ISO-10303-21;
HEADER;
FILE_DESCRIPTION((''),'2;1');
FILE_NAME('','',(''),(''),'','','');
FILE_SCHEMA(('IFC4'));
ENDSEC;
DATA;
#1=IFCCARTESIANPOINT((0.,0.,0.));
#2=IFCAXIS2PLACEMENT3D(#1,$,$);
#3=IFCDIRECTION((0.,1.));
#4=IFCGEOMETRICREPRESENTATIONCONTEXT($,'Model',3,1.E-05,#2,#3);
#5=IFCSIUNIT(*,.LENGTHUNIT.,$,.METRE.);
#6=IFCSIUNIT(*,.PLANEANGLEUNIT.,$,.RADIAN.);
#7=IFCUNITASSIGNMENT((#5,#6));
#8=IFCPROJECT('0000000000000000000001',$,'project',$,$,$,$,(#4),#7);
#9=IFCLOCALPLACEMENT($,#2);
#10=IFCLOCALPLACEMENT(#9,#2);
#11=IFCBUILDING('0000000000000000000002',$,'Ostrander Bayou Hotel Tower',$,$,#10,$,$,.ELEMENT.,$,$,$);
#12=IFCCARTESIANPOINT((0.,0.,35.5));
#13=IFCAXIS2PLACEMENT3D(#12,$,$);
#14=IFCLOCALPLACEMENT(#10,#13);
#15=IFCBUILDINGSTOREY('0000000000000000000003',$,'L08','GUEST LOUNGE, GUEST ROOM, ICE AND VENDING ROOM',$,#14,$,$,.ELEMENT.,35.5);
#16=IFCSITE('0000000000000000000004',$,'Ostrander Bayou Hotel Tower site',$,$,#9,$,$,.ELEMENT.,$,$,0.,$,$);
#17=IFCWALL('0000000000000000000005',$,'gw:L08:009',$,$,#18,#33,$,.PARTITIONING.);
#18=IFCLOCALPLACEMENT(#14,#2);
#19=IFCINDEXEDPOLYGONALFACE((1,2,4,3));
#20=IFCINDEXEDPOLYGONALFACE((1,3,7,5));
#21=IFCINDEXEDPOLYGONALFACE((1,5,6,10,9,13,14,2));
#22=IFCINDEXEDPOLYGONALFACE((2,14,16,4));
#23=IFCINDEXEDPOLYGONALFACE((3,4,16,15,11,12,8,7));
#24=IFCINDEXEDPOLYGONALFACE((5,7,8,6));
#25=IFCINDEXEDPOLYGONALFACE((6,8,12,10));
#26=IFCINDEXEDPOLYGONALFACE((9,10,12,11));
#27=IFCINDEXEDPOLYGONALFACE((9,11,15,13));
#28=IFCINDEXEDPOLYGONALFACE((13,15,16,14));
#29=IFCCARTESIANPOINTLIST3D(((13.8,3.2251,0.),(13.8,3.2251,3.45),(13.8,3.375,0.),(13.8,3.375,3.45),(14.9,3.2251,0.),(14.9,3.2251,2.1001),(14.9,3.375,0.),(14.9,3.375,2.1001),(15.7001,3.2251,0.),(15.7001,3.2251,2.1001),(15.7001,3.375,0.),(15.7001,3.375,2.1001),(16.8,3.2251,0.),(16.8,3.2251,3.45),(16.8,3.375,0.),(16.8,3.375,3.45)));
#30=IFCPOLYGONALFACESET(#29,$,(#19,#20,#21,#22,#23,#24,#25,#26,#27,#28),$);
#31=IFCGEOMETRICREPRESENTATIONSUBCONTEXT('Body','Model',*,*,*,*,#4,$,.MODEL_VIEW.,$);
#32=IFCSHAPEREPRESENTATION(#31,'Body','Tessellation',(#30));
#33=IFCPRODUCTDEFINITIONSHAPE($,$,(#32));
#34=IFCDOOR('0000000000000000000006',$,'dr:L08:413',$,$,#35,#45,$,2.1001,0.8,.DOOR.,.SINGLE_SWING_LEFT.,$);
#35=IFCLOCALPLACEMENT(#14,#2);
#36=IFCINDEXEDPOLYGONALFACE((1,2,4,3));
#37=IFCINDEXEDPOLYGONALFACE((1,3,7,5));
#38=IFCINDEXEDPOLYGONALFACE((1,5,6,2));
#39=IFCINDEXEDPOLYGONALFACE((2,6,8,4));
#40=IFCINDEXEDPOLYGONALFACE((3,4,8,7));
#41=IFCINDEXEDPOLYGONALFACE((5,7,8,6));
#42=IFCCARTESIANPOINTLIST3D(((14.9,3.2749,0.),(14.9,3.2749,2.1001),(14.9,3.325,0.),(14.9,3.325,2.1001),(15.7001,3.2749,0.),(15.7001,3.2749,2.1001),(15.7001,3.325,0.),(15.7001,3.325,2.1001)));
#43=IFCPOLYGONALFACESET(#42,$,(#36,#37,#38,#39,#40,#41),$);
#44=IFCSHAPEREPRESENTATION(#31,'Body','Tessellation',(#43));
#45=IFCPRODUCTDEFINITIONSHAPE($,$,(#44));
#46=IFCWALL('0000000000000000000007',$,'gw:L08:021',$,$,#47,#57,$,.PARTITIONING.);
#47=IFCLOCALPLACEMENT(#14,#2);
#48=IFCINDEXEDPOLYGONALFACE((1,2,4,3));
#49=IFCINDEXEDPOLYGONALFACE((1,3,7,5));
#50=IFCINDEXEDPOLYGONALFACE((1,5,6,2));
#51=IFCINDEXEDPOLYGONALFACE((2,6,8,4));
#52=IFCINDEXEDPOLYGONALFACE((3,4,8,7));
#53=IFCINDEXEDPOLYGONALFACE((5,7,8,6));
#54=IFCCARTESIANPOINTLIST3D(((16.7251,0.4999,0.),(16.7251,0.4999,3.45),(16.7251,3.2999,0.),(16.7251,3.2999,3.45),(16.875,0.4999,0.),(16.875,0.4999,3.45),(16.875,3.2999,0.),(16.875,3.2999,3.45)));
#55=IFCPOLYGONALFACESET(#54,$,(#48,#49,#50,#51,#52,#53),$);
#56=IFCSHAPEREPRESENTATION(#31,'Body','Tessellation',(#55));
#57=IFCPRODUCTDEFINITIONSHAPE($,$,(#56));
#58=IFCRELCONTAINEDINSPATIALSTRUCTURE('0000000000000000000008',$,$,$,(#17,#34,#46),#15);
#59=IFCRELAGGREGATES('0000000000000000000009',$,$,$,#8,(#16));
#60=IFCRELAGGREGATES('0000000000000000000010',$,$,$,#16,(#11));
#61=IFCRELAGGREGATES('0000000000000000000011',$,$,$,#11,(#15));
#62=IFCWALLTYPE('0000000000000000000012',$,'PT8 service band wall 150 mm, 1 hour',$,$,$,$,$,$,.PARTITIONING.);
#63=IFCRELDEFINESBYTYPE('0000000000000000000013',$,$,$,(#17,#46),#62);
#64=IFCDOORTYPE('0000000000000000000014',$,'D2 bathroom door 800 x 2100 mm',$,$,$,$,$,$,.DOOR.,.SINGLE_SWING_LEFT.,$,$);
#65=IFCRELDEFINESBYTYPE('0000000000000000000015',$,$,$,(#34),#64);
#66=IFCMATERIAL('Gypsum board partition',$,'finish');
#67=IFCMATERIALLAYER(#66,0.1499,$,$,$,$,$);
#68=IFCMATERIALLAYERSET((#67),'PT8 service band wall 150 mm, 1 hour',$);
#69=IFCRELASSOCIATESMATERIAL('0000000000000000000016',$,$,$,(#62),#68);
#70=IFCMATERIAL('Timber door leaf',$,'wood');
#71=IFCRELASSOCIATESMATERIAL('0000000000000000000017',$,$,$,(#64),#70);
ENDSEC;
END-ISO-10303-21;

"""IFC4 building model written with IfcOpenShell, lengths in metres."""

from ifc_helpers import new_model, si_unit, direction, frame, frame_2d, origin, place, context, subcontext, project, spatial, rectangle, extrude, material, layer, layer_set, type_object, element, fill, save


model = new_model("IFC4")

# Units and contexts
model_context = context("Model", 3, precision=1e-05, world=origin(), true_north=direction((0.0, 1.0)))
body_context = subcontext(model_context, "Body", "Model", "MODEL_VIEW")
ifc_project = project(units=[si_unit("LENGTHUNIT", "METRE"), si_unit("PLANEANGLEUNIT", "RADIAN")], contexts=[model_context])

# Site, building, storey
site_placement = place(None, origin())
site = spatial("IfcSite", under=ifc_project, at=site_placement, Name="Ostrander Bayou Hotel Tower site", CompositionType="ELEMENT", RefElevation=0.0)
building_placement = place(site_placement, origin())
building = spatial("IfcBuilding", under=site, at=building_placement, Name="Ostrander Bayou Hotel Tower", CompositionType="ELEMENT")
storey_placement = place(building_placement, frame((0.0, 0.0, 35.5)))
storey = spatial("IfcBuildingStorey", under=building, at=storey_placement, Name="L08", Description="GUEST LOUNGE, GUEST ROOM, ICE AND VENDING ROOM", CompositionType="ELEMENT", Elevation=35.5)

# Shared definitions
ifc_material_1 = material(Name="Gypsum board partition", Category="finish")
ifc_layer_1 = layer(ifc_material_1, 0.1499)
ifc_layer_set_1 = layer_set([ifc_layer_1], Name="PT8 service band wall 150 mm, 1 hour")
wall_type_1 = type_object("IfcWallType", Name="PT8 service band wall 150 mm, 1 hour", PredefinedType="PARTITIONING", material=ifc_layer_set_1)

# Wall, opening, door
wall_1_placement = place(storey_placement, frame((13.8, 3.3, 0.0), z_axis=(0.0, 0.0, 1.0), x_axis=(1.0, 0.0, 0.0)))
wall_1 = element("IfcWall", 1, at=wall_1_placement, inside=storey, type_object=wall_type_1, Name="gw:L08:009", PredefinedType="PARTITIONING", context=body_context, shape_type="SweptSolid", body=[
    extrude(rectangle(XDim=3.0, YDim=0.1499, at=frame_2d((1.5, 0.0))), origin(), (0.0, 0.0, 1.0), 3.45),
])
opening_1_placement = place(wall_1_placement, frame((1.1001, 0.0, 0.0)))
opening_1 = element("IfcOpeningElement", 2, at=opening_1_placement, cuts=wall_1, PredefinedType="OPENING", context=body_context, shape_type="SweptSolid", body=[
    extrude(rectangle(XDim=0.8, YDim=2.1001, at=frame_2d((0.3999, 1.05))), frame((0.0, 0.075, 0.0), z_axis=(0.0, -1.0, 0.0), x_axis=(1.0, 0.0, 0.0)), (0.0, 0.0, 1.0), 0.1499),
])
ifc_material_2 = material(Name="Timber door leaf", Category="wood")
door_type_1 = type_object("IfcDoorType", Name="D2 bathroom door 800 x 2100 mm", OperationType="SINGLE_SWING_LEFT", PredefinedType="DOOR", material=ifc_material_2)
door_1_placement = place(opening_1_placement, origin())
door_1 = element("IfcDoor", 3, at=door_1_placement, inside=storey, type_object=door_type_1, Name="dr:L08:413", OperationType="SINGLE_SWING_LEFT", OverallHeight=2.1001, OverallWidth=0.8, PredefinedType="DOOR", context=body_context, shape_type="SweptSolid", body=[
    extrude(rectangle(XDim=0.8, YDim=2.1001, at=frame_2d((0.3999, 1.05))), frame((0.0, 0.0249, 0.0), z_axis=(0.0, -1.0, 0.0), x_axis=(1.0, 0.0, 0.0)), (0.0, 0.0, 1.0), 0.05),
])
fill(opening_1, door_1)

# Wall
wall_2_placement = place(storey_placement, frame((16.8, 0.5, 0.0), z_axis=(0.0, 0.0, 1.0), x_axis=(0.0, 1.0, 0.0)))
element("IfcWall", 4, at=wall_2_placement, inside=storey, type_object=wall_type_1, Name="gw:L08:021", PredefinedType="PARTITIONING", context=body_context, shape_type="SweptSolid", body=[
    extrude(rectangle(XDim=2.8, YDim=0.1499, at=frame_2d((1.3999, 0.0))), origin(), (0.0, 0.0, 1.0), 3.45),
])

save(model, "model.ifc")
